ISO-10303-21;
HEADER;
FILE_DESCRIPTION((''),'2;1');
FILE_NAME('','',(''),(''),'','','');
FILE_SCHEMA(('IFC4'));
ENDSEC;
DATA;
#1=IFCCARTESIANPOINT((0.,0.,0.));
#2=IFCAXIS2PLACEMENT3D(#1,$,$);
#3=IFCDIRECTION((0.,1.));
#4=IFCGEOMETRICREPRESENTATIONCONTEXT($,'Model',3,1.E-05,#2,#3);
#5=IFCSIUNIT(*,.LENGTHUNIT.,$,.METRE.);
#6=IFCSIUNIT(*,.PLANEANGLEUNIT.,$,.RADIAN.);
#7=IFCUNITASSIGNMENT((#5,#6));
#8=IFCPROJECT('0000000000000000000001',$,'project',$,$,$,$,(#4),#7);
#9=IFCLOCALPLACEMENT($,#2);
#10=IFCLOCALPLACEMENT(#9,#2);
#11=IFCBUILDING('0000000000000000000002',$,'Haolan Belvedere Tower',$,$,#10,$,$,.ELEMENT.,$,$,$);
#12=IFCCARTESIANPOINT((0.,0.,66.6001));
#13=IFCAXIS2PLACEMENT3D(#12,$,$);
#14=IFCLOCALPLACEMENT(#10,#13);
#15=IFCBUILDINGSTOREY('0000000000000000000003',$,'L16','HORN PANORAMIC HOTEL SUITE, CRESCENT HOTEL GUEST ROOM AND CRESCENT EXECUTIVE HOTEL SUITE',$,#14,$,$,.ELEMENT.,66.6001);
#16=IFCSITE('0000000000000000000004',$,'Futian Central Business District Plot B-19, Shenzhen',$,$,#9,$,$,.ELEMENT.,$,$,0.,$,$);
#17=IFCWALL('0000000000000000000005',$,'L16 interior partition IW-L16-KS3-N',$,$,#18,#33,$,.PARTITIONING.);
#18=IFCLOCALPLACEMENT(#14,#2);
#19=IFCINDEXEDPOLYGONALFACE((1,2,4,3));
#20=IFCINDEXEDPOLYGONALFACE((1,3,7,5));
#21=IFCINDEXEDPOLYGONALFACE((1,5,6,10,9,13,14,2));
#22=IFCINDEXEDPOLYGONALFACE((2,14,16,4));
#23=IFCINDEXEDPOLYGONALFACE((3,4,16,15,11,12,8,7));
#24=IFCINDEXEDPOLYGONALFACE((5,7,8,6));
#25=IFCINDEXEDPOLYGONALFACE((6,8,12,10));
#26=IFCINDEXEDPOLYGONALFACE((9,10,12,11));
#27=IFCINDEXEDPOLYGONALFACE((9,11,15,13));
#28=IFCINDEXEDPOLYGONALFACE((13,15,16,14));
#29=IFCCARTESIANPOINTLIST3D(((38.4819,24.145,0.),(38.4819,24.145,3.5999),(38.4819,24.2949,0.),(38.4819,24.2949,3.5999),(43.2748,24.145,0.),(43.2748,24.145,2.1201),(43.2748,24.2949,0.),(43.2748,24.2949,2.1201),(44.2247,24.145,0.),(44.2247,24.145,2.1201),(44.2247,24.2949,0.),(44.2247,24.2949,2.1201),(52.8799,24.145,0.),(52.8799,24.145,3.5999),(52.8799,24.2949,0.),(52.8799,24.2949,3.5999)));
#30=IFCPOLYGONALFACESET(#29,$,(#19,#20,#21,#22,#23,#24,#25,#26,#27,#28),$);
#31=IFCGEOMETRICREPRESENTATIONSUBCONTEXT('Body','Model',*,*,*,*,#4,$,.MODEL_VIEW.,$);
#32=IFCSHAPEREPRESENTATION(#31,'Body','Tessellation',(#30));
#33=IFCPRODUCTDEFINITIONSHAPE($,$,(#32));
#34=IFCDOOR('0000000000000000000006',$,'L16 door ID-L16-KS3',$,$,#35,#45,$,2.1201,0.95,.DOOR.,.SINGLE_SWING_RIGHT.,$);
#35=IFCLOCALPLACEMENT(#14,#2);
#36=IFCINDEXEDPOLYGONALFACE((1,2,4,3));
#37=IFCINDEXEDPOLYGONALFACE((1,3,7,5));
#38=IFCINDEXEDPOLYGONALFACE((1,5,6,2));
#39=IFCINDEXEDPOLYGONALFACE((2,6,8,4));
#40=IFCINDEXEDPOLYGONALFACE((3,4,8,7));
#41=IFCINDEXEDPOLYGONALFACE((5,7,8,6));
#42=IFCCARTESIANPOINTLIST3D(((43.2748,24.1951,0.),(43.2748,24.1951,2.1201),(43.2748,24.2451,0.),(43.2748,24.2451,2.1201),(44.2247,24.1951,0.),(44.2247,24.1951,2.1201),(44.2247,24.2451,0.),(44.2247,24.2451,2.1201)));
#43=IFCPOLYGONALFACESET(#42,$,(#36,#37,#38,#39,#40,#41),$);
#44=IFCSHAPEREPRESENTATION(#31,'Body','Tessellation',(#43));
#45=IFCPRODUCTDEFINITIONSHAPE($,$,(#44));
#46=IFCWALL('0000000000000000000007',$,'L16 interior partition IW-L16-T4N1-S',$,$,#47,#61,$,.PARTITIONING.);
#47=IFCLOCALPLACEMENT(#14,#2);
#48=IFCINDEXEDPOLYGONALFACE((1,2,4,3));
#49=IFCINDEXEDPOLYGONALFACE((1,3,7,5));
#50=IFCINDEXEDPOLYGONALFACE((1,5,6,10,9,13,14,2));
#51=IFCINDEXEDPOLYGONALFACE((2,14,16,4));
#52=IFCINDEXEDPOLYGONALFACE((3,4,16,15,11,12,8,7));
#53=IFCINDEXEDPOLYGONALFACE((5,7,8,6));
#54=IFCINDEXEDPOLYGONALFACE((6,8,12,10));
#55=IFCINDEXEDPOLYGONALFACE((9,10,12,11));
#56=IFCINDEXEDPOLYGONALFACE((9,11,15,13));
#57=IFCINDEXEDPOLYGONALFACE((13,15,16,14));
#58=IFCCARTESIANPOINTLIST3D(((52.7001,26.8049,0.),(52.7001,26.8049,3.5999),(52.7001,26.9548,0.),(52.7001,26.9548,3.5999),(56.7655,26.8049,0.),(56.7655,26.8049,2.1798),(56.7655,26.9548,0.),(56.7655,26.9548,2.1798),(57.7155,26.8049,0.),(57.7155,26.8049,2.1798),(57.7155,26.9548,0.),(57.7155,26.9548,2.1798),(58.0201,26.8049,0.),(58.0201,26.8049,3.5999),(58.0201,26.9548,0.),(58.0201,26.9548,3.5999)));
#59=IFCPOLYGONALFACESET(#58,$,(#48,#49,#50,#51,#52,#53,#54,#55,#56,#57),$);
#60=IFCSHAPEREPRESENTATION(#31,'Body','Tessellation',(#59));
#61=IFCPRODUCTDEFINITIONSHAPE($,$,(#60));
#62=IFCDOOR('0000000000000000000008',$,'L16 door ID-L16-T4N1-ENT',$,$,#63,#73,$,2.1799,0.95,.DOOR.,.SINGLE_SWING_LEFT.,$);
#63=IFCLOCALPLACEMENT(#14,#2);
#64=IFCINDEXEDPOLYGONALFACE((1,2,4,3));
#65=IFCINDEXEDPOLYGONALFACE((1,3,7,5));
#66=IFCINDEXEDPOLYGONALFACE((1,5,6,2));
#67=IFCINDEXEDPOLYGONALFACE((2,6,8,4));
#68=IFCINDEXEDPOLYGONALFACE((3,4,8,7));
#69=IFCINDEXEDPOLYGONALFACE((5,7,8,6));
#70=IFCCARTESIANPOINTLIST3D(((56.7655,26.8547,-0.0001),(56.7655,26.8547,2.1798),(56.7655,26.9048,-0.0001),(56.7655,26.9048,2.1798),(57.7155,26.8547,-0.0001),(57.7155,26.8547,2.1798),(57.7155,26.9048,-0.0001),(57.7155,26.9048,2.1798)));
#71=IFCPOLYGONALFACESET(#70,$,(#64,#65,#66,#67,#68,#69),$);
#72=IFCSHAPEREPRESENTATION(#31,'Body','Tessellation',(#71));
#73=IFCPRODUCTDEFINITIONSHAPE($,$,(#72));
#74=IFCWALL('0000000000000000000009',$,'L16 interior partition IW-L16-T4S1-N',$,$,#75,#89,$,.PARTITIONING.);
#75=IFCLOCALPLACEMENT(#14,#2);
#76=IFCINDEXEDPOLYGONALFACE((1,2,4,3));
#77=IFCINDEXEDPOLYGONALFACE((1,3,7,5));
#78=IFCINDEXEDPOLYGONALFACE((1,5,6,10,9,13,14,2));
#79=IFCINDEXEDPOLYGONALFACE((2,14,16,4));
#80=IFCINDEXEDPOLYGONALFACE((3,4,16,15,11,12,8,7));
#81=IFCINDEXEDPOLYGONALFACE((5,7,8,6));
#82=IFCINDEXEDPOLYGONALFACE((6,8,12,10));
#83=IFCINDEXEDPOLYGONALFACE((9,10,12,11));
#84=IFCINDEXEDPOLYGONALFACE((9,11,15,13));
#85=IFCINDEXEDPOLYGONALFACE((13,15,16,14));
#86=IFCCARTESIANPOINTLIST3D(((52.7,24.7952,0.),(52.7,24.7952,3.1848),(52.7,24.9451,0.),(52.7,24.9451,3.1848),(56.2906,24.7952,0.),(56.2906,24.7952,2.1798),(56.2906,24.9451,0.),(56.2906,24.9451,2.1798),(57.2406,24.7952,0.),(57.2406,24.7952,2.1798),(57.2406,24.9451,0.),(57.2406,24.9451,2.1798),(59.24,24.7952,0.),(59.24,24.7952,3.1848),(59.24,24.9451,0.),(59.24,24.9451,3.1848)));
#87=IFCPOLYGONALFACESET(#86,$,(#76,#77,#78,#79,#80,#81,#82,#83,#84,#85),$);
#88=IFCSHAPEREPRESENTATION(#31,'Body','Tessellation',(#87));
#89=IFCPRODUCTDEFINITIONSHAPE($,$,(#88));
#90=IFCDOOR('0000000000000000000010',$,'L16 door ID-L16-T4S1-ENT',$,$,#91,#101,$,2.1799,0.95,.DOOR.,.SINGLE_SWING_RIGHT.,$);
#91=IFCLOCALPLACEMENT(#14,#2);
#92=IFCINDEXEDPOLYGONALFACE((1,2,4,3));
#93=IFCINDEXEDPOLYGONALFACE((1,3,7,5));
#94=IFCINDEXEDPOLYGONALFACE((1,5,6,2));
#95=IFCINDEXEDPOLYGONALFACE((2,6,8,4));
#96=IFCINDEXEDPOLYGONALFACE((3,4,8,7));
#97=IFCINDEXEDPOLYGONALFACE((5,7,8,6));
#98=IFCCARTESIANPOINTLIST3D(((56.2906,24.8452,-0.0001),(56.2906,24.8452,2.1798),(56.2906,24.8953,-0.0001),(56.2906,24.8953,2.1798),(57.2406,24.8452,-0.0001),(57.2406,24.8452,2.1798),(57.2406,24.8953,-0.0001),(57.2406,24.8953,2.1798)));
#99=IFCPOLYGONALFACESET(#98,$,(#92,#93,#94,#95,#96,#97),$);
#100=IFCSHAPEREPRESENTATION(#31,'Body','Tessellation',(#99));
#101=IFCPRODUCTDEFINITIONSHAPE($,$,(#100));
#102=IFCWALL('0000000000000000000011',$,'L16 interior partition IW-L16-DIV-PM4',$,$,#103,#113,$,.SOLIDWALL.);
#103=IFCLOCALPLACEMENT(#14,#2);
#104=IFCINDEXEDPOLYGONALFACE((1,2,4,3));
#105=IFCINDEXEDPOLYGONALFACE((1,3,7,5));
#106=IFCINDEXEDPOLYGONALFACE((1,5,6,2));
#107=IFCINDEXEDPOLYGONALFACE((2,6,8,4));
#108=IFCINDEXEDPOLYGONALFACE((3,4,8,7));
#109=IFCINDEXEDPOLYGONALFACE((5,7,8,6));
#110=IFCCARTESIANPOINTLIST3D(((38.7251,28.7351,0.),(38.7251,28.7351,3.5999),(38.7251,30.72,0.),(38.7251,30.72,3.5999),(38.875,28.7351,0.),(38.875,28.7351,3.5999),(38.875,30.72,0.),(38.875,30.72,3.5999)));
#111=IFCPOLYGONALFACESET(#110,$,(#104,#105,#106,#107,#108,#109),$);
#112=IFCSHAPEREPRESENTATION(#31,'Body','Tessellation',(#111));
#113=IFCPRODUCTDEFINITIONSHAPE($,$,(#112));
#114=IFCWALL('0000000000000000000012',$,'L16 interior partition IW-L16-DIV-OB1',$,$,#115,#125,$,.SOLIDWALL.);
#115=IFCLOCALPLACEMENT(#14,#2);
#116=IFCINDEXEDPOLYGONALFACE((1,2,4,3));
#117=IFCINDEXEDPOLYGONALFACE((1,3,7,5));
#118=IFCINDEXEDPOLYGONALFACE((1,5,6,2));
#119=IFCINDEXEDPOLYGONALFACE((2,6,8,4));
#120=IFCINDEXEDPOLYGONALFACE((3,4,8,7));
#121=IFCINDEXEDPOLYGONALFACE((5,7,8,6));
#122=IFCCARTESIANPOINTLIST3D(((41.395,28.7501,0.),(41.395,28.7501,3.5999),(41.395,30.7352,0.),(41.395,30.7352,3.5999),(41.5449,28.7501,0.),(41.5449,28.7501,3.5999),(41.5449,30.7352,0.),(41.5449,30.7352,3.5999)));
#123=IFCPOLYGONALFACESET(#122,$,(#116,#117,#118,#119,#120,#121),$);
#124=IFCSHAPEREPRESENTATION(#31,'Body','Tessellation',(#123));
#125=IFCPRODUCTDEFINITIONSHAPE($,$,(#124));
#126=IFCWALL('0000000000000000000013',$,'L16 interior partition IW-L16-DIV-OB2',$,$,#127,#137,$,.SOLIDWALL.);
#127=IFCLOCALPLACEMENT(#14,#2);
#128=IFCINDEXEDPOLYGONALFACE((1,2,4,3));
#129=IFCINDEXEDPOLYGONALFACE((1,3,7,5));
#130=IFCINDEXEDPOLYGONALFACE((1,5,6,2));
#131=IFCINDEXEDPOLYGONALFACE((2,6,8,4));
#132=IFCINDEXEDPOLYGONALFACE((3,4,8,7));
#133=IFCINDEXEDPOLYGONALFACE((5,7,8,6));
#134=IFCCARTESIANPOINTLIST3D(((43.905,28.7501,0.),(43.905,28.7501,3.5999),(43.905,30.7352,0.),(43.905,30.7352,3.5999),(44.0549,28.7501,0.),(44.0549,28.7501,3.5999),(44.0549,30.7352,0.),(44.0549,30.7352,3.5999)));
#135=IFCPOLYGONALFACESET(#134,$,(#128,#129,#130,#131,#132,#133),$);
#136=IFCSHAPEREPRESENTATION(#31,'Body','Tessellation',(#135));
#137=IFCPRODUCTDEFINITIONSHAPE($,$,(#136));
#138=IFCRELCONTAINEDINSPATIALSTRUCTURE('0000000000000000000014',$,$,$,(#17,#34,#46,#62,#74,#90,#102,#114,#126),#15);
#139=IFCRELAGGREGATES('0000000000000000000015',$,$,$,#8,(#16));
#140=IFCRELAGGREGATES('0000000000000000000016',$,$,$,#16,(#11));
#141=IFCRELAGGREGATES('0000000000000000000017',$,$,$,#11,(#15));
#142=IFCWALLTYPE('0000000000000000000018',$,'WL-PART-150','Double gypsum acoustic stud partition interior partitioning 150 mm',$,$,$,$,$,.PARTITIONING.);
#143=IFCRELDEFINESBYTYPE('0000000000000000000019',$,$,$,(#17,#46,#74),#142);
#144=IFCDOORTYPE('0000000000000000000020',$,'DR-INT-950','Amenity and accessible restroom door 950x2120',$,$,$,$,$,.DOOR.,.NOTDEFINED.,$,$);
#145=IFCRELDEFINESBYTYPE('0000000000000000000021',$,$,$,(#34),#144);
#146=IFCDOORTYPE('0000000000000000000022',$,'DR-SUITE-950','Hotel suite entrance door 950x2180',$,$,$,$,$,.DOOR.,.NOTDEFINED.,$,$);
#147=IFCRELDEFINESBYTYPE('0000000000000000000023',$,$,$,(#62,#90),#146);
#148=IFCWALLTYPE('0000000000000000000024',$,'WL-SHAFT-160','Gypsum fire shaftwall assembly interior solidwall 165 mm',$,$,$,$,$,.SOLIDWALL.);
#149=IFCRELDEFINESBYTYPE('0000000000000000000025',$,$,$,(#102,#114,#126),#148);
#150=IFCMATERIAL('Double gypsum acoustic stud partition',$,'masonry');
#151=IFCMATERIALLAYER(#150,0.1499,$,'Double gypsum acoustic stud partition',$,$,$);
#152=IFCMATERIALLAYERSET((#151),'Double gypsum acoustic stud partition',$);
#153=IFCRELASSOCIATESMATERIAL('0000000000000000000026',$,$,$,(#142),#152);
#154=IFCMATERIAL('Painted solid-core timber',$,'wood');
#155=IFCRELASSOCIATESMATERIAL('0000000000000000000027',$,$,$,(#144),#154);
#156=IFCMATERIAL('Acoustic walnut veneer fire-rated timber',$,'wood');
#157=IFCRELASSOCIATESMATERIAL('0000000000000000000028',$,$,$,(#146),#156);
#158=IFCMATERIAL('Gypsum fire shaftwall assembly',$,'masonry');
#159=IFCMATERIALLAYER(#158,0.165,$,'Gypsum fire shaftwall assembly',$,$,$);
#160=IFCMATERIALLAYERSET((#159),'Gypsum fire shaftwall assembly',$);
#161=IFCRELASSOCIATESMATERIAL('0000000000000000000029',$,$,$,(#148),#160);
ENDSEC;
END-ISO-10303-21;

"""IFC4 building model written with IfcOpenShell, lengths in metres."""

from ifc_helpers import new_model, si_unit, direction, frame, frame_2d, origin, place, context, subcontext, project, spatial, rectangle, extrude, material, layer, layer_set, type_object, element, fill, save


model = new_model("IFC4")

# Units and contexts
model_context = context("Model", 3, precision=1e-05, world=origin(), true_north=direction((0.0, 1.0)))
body_context = subcontext(model_context, "Body", "Model", "MODEL_VIEW")
ifc_project = project(units=[si_unit("LENGTHUNIT", "METRE"), si_unit("PLANEANGLEUNIT", "RADIAN")], contexts=[model_context])

# Site, building, storey
site_placement = place(None, origin())
site = spatial("IfcSite", under=ifc_project, at=site_placement, Name="Futian Central Business District Plot B-19, Shenzhen", CompositionType="ELEMENT", RefElevation=0.0)
building_placement = place(site_placement, origin())
building = spatial("IfcBuilding", under=site, at=building_placement, Name="Haolan Belvedere Tower", CompositionType="ELEMENT")
storey_placement = place(building_placement, frame((0.0, 0.0, 66.6001)))
storey = spatial("IfcBuildingStorey", under=building, at=storey_placement, Name="L16", Description="HORN PANORAMIC HOTEL SUITE, CRESCENT HOTEL GUEST ROOM AND CRESCENT EXECUTIVE HOTEL SUITE", CompositionType="ELEMENT", Elevation=66.6001)

# Shared definitions
ifc_material_1 = material(Name="Double gypsum acoustic stud partition", Category="masonry")
ifc_layer_1 = layer(ifc_material_1, 0.1499, Name="Double gypsum acoustic stud partition")
ifc_layer_set_1 = layer_set([ifc_layer_1], Name="Double gypsum acoustic stud partition")
wall_type_1 = type_object("IfcWallType", Name="WL-PART-150", Description="Double gypsum acoustic stud partition interior partitioning 150 mm", PredefinedType="PARTITIONING", material=ifc_layer_set_1)

# Walls, openings, doors
wall_1_placement = place(storey_placement, frame((38.4819, 24.22, 0.0), z_axis=(0.0, 0.0, 1.0), x_axis=(1.0, 0.0, 0.0)))
wall_1 = element("IfcWall", 1, at=wall_1_placement, inside=storey, type_object=wall_type_1, Name="L16 interior partition IW-L16-KS3-N", PredefinedType="PARTITIONING", context=body_context, shape_type="SweptSolid", body=[
    extrude(rectangle(XDim=14.3979, YDim=0.1499, at=frame_2d((7.199, 0.0))), origin(), (0.0, 0.0, 1.0), 3.5999),
])
opening_1_placement = place(wall_1_placement, frame((5.7429, 0.0, 0.0), z_axis=(0.0, 0.0, 1.0), x_axis=(-1.0, 0.0, 0.0)))
opening_1 = element("IfcOpeningElement", 2, at=opening_1_placement, cuts=wall_1, PredefinedType="OPENING", context=body_context, shape_type="SweptSolid", body=[
    extrude(rectangle(XDim=0.95, YDim=2.1201, at=frame_2d((0.4751, 1.0601))), frame((0.0, 0.085, 0.0), z_axis=(0.0, -1.0, 0.0), x_axis=(1.0, 0.0, 0.0)), (0.0, 0.0, 1.0), 0.1699),
])
ifc_material_2 = material(Name="Painted solid-core timber", Category="wood")
door_type_1 = type_object("IfcDoorType", Name="DR-INT-950", Description="Amenity and accessible restroom door 950x2120", OperationType="NOTDEFINED", PredefinedType="DOOR", material=ifc_material_2)
door_1_placement = place(opening_1_placement, origin())
door_1 = element("IfcDoor", 3, at=door_1_placement, inside=storey, type_object=door_type_1, Name="L16 door ID-L16-KS3", OperationType="SINGLE_SWING_RIGHT", OverallHeight=2.1201, OverallWidth=0.95, PredefinedType="DOOR", context=body_context, shape_type="SweptSolid", body=[
    extrude(rectangle(XDim=0.95, YDim=2.1201, at=frame_2d((0.4751, 1.0601))), frame((0.0, 0.0249, 0.0), z_axis=(0.0, -1.0, 0.0), x_axis=(1.0, 0.0, 0.0)), (0.0, 0.0, 1.0), 0.05),
])
fill(opening_1, door_1)
wall_2_placement = place(storey_placement, frame((52.7, 26.8799, 0.0), z_axis=(0.0, 0.0, 1.0), x_axis=(1.0, 0.0, 0.0)))
wall_2 = element("IfcWall", 4, at=wall_2_placement, inside=storey, type_object=wall_type_1, Name="L16 interior partition IW-L16-T4N1-S", PredefinedType="PARTITIONING", context=body_context, shape_type="SweptSolid", body=[
    extrude(rectangle(XDim=5.3201, YDim=0.1499, at=frame_2d((2.6602, 0.0))), origin(), (0.0, 0.0, 1.0), 3.5999),
])
opening_2_placement = place(wall_2_placement, frame((4.0654, 0.0, 0.0)))
opening_2 = element("IfcOpeningElement", 5, at=opening_2_placement, cuts=wall_2, PredefinedType="OPENING", context=body_context, shape_type="SweptSolid", body=[
    extrude(rectangle(XDim=0.95, YDim=2.1799, at=frame_2d((0.4751, 1.0898))), frame((0.0, 0.085, 0.0), z_axis=(0.0, -1.0, 0.0), x_axis=(1.0, 0.0, 0.0)), (0.0, 0.0, 1.0), 0.1699),
])
ifc_material_3 = material(Name="Acoustic walnut veneer fire-rated timber", Category="wood")
door_type_2 = type_object("IfcDoorType", Name="DR-SUITE-950", Description="Hotel suite entrance door 950x2180", OperationType="NOTDEFINED", PredefinedType="DOOR", material=ifc_material_3)
door_2_placement = place(opening_2_placement, origin())
door_2 = element("IfcDoor", 6, at=door_2_placement, inside=storey, type_object=door_type_2, Name="L16 door ID-L16-T4N1-ENT", OperationType="SINGLE_SWING_LEFT", OverallHeight=2.1799, OverallWidth=0.95, PredefinedType="DOOR", context=body_context, shape_type="SweptSolid", body=[
    extrude(rectangle(XDim=0.95, YDim=2.1799, at=frame_2d((0.4751, 1.0898))), frame((0.0, 0.0249, 0.0), z_axis=(0.0, -1.0, 0.0), x_axis=(1.0, 0.0, 0.0)), (0.0, 0.0, 1.0), 0.05),
])
fill(opening_2, door_2)
wall_3_placement = place(storey_placement, frame((52.7, 24.8701, 0.0), z_axis=(0.0, 0.0, 1.0), x_axis=(1.0, 0.0, 0.0)))
wall_3 = element("IfcWall", 7, at=wall_3_placement, inside=storey, type_object=wall_type_1, Name="L16 interior partition IW-L16-T4S1-N", PredefinedType="PARTITIONING", context=body_context, shape_type="SweptSolid", body=[
    extrude(rectangle(XDim=6.54, YDim=0.1499, at=frame_2d((3.27, 0.0))), origin(), (0.0, 0.0, 1.0), 3.1848),
])
opening_3_placement = place(wall_3_placement, frame((4.5408, 0.0, 0.0), z_axis=(0.0, 0.0, 1.0), x_axis=(-1.0, 0.0, 0.0)))
opening_3 = element("IfcOpeningElement", 8, at=opening_3_placement, cuts=wall_3, PredefinedType="OPENING", context=body_context, shape_type="SweptSolid", body=[
    extrude(rectangle(XDim=0.95, YDim=2.1799, at=frame_2d((0.4751, 1.0898))), frame((0.0, 0.085, 0.0), z_axis=(0.0, -1.0, 0.0), x_axis=(1.0, 0.0, 0.0)), (0.0, 0.0, 1.0), 0.1699),
])
door_3_placement = place(opening_3_placement, origin())
door_3 = element("IfcDoor", 9, at=door_3_placement, inside=storey, type_object=door_type_2, Name="L16 door ID-L16-T4S1-ENT", OperationType="SINGLE_SWING_RIGHT", OverallHeight=2.1799, OverallWidth=0.95, PredefinedType="DOOR", context=body_context, shape_type="SweptSolid", body=[
    extrude(rectangle(XDim=0.95, YDim=2.1799, at=frame_2d((0.4751, 1.0898))), frame((0.0, 0.0249, 0.0), z_axis=(0.0, -1.0, 0.0), x_axis=(1.0, 0.0, 0.0)), (0.0, 0.0, 1.0), 0.05),
])
fill(opening_3, door_3)

# Walls
ifc_material_4 = material(Name="Gypsum fire shaftwall assembly", Category="masonry")
ifc_layer_2 = layer(ifc_material_4, 0.165, Name="Gypsum fire shaftwall assembly")
ifc_layer_set_2 = layer_set([ifc_layer_2], Name="Gypsum fire shaftwall assembly")
wall_type_2 = type_object("IfcWallType", Name="WL-SHAFT-160", Description="Gypsum fire shaftwall assembly interior solidwall 165 mm", PredefinedType="SOLIDWALL", material=ifc_layer_set_2)
wall_4_placement = place(storey_placement, frame((38.8, 28.7351, 0.0), z_axis=(0.0, 0.0, 1.0), x_axis=(0.0, 1.0, 0.0)))
element("IfcWall", 10, at=wall_4_placement, inside=storey, type_object=wall_type_2, Name="L16 interior partition IW-L16-DIV-PM4", PredefinedType="SOLIDWALL", context=body_context, shape_type="SweptSolid", body=[
    extrude(rectangle(XDim=1.9849, YDim=0.1499, at=frame_2d((0.9924, 0.0))), origin(), (0.0, 0.0, 1.0), 3.5999),
])
for number, where, z_axis, x_axis, name in (
    (11, (41.47, 28.75, 0.0), (0.0, 0.0, 1.0), (0.0, 1.0, 0.0), "L16 interior partition IW-L16-DIV-OB1"),
    (12, (43.98, 28.75, 0.0), (0.0, 0.0, 1.0), (0.0, 1.0, 0.0), "L16 interior partition IW-L16-DIV-OB2"),
):
    element("IfcWall", number, at=place(storey_placement, frame(where, z_axis=z_axis, x_axis=x_axis)), inside=storey, type_object=wall_type_2, Name=name, PredefinedType="SOLIDWALL", context=body_context, shape_type="SweptSolid", body=[
        extrude(rectangle(XDim=1.9851, YDim=0.1499, at=frame_2d((0.9927, 0.0))), origin(), (0.0, 0.0, 1.0), 3.5999),
    ])

save(model, "model.ifc")
